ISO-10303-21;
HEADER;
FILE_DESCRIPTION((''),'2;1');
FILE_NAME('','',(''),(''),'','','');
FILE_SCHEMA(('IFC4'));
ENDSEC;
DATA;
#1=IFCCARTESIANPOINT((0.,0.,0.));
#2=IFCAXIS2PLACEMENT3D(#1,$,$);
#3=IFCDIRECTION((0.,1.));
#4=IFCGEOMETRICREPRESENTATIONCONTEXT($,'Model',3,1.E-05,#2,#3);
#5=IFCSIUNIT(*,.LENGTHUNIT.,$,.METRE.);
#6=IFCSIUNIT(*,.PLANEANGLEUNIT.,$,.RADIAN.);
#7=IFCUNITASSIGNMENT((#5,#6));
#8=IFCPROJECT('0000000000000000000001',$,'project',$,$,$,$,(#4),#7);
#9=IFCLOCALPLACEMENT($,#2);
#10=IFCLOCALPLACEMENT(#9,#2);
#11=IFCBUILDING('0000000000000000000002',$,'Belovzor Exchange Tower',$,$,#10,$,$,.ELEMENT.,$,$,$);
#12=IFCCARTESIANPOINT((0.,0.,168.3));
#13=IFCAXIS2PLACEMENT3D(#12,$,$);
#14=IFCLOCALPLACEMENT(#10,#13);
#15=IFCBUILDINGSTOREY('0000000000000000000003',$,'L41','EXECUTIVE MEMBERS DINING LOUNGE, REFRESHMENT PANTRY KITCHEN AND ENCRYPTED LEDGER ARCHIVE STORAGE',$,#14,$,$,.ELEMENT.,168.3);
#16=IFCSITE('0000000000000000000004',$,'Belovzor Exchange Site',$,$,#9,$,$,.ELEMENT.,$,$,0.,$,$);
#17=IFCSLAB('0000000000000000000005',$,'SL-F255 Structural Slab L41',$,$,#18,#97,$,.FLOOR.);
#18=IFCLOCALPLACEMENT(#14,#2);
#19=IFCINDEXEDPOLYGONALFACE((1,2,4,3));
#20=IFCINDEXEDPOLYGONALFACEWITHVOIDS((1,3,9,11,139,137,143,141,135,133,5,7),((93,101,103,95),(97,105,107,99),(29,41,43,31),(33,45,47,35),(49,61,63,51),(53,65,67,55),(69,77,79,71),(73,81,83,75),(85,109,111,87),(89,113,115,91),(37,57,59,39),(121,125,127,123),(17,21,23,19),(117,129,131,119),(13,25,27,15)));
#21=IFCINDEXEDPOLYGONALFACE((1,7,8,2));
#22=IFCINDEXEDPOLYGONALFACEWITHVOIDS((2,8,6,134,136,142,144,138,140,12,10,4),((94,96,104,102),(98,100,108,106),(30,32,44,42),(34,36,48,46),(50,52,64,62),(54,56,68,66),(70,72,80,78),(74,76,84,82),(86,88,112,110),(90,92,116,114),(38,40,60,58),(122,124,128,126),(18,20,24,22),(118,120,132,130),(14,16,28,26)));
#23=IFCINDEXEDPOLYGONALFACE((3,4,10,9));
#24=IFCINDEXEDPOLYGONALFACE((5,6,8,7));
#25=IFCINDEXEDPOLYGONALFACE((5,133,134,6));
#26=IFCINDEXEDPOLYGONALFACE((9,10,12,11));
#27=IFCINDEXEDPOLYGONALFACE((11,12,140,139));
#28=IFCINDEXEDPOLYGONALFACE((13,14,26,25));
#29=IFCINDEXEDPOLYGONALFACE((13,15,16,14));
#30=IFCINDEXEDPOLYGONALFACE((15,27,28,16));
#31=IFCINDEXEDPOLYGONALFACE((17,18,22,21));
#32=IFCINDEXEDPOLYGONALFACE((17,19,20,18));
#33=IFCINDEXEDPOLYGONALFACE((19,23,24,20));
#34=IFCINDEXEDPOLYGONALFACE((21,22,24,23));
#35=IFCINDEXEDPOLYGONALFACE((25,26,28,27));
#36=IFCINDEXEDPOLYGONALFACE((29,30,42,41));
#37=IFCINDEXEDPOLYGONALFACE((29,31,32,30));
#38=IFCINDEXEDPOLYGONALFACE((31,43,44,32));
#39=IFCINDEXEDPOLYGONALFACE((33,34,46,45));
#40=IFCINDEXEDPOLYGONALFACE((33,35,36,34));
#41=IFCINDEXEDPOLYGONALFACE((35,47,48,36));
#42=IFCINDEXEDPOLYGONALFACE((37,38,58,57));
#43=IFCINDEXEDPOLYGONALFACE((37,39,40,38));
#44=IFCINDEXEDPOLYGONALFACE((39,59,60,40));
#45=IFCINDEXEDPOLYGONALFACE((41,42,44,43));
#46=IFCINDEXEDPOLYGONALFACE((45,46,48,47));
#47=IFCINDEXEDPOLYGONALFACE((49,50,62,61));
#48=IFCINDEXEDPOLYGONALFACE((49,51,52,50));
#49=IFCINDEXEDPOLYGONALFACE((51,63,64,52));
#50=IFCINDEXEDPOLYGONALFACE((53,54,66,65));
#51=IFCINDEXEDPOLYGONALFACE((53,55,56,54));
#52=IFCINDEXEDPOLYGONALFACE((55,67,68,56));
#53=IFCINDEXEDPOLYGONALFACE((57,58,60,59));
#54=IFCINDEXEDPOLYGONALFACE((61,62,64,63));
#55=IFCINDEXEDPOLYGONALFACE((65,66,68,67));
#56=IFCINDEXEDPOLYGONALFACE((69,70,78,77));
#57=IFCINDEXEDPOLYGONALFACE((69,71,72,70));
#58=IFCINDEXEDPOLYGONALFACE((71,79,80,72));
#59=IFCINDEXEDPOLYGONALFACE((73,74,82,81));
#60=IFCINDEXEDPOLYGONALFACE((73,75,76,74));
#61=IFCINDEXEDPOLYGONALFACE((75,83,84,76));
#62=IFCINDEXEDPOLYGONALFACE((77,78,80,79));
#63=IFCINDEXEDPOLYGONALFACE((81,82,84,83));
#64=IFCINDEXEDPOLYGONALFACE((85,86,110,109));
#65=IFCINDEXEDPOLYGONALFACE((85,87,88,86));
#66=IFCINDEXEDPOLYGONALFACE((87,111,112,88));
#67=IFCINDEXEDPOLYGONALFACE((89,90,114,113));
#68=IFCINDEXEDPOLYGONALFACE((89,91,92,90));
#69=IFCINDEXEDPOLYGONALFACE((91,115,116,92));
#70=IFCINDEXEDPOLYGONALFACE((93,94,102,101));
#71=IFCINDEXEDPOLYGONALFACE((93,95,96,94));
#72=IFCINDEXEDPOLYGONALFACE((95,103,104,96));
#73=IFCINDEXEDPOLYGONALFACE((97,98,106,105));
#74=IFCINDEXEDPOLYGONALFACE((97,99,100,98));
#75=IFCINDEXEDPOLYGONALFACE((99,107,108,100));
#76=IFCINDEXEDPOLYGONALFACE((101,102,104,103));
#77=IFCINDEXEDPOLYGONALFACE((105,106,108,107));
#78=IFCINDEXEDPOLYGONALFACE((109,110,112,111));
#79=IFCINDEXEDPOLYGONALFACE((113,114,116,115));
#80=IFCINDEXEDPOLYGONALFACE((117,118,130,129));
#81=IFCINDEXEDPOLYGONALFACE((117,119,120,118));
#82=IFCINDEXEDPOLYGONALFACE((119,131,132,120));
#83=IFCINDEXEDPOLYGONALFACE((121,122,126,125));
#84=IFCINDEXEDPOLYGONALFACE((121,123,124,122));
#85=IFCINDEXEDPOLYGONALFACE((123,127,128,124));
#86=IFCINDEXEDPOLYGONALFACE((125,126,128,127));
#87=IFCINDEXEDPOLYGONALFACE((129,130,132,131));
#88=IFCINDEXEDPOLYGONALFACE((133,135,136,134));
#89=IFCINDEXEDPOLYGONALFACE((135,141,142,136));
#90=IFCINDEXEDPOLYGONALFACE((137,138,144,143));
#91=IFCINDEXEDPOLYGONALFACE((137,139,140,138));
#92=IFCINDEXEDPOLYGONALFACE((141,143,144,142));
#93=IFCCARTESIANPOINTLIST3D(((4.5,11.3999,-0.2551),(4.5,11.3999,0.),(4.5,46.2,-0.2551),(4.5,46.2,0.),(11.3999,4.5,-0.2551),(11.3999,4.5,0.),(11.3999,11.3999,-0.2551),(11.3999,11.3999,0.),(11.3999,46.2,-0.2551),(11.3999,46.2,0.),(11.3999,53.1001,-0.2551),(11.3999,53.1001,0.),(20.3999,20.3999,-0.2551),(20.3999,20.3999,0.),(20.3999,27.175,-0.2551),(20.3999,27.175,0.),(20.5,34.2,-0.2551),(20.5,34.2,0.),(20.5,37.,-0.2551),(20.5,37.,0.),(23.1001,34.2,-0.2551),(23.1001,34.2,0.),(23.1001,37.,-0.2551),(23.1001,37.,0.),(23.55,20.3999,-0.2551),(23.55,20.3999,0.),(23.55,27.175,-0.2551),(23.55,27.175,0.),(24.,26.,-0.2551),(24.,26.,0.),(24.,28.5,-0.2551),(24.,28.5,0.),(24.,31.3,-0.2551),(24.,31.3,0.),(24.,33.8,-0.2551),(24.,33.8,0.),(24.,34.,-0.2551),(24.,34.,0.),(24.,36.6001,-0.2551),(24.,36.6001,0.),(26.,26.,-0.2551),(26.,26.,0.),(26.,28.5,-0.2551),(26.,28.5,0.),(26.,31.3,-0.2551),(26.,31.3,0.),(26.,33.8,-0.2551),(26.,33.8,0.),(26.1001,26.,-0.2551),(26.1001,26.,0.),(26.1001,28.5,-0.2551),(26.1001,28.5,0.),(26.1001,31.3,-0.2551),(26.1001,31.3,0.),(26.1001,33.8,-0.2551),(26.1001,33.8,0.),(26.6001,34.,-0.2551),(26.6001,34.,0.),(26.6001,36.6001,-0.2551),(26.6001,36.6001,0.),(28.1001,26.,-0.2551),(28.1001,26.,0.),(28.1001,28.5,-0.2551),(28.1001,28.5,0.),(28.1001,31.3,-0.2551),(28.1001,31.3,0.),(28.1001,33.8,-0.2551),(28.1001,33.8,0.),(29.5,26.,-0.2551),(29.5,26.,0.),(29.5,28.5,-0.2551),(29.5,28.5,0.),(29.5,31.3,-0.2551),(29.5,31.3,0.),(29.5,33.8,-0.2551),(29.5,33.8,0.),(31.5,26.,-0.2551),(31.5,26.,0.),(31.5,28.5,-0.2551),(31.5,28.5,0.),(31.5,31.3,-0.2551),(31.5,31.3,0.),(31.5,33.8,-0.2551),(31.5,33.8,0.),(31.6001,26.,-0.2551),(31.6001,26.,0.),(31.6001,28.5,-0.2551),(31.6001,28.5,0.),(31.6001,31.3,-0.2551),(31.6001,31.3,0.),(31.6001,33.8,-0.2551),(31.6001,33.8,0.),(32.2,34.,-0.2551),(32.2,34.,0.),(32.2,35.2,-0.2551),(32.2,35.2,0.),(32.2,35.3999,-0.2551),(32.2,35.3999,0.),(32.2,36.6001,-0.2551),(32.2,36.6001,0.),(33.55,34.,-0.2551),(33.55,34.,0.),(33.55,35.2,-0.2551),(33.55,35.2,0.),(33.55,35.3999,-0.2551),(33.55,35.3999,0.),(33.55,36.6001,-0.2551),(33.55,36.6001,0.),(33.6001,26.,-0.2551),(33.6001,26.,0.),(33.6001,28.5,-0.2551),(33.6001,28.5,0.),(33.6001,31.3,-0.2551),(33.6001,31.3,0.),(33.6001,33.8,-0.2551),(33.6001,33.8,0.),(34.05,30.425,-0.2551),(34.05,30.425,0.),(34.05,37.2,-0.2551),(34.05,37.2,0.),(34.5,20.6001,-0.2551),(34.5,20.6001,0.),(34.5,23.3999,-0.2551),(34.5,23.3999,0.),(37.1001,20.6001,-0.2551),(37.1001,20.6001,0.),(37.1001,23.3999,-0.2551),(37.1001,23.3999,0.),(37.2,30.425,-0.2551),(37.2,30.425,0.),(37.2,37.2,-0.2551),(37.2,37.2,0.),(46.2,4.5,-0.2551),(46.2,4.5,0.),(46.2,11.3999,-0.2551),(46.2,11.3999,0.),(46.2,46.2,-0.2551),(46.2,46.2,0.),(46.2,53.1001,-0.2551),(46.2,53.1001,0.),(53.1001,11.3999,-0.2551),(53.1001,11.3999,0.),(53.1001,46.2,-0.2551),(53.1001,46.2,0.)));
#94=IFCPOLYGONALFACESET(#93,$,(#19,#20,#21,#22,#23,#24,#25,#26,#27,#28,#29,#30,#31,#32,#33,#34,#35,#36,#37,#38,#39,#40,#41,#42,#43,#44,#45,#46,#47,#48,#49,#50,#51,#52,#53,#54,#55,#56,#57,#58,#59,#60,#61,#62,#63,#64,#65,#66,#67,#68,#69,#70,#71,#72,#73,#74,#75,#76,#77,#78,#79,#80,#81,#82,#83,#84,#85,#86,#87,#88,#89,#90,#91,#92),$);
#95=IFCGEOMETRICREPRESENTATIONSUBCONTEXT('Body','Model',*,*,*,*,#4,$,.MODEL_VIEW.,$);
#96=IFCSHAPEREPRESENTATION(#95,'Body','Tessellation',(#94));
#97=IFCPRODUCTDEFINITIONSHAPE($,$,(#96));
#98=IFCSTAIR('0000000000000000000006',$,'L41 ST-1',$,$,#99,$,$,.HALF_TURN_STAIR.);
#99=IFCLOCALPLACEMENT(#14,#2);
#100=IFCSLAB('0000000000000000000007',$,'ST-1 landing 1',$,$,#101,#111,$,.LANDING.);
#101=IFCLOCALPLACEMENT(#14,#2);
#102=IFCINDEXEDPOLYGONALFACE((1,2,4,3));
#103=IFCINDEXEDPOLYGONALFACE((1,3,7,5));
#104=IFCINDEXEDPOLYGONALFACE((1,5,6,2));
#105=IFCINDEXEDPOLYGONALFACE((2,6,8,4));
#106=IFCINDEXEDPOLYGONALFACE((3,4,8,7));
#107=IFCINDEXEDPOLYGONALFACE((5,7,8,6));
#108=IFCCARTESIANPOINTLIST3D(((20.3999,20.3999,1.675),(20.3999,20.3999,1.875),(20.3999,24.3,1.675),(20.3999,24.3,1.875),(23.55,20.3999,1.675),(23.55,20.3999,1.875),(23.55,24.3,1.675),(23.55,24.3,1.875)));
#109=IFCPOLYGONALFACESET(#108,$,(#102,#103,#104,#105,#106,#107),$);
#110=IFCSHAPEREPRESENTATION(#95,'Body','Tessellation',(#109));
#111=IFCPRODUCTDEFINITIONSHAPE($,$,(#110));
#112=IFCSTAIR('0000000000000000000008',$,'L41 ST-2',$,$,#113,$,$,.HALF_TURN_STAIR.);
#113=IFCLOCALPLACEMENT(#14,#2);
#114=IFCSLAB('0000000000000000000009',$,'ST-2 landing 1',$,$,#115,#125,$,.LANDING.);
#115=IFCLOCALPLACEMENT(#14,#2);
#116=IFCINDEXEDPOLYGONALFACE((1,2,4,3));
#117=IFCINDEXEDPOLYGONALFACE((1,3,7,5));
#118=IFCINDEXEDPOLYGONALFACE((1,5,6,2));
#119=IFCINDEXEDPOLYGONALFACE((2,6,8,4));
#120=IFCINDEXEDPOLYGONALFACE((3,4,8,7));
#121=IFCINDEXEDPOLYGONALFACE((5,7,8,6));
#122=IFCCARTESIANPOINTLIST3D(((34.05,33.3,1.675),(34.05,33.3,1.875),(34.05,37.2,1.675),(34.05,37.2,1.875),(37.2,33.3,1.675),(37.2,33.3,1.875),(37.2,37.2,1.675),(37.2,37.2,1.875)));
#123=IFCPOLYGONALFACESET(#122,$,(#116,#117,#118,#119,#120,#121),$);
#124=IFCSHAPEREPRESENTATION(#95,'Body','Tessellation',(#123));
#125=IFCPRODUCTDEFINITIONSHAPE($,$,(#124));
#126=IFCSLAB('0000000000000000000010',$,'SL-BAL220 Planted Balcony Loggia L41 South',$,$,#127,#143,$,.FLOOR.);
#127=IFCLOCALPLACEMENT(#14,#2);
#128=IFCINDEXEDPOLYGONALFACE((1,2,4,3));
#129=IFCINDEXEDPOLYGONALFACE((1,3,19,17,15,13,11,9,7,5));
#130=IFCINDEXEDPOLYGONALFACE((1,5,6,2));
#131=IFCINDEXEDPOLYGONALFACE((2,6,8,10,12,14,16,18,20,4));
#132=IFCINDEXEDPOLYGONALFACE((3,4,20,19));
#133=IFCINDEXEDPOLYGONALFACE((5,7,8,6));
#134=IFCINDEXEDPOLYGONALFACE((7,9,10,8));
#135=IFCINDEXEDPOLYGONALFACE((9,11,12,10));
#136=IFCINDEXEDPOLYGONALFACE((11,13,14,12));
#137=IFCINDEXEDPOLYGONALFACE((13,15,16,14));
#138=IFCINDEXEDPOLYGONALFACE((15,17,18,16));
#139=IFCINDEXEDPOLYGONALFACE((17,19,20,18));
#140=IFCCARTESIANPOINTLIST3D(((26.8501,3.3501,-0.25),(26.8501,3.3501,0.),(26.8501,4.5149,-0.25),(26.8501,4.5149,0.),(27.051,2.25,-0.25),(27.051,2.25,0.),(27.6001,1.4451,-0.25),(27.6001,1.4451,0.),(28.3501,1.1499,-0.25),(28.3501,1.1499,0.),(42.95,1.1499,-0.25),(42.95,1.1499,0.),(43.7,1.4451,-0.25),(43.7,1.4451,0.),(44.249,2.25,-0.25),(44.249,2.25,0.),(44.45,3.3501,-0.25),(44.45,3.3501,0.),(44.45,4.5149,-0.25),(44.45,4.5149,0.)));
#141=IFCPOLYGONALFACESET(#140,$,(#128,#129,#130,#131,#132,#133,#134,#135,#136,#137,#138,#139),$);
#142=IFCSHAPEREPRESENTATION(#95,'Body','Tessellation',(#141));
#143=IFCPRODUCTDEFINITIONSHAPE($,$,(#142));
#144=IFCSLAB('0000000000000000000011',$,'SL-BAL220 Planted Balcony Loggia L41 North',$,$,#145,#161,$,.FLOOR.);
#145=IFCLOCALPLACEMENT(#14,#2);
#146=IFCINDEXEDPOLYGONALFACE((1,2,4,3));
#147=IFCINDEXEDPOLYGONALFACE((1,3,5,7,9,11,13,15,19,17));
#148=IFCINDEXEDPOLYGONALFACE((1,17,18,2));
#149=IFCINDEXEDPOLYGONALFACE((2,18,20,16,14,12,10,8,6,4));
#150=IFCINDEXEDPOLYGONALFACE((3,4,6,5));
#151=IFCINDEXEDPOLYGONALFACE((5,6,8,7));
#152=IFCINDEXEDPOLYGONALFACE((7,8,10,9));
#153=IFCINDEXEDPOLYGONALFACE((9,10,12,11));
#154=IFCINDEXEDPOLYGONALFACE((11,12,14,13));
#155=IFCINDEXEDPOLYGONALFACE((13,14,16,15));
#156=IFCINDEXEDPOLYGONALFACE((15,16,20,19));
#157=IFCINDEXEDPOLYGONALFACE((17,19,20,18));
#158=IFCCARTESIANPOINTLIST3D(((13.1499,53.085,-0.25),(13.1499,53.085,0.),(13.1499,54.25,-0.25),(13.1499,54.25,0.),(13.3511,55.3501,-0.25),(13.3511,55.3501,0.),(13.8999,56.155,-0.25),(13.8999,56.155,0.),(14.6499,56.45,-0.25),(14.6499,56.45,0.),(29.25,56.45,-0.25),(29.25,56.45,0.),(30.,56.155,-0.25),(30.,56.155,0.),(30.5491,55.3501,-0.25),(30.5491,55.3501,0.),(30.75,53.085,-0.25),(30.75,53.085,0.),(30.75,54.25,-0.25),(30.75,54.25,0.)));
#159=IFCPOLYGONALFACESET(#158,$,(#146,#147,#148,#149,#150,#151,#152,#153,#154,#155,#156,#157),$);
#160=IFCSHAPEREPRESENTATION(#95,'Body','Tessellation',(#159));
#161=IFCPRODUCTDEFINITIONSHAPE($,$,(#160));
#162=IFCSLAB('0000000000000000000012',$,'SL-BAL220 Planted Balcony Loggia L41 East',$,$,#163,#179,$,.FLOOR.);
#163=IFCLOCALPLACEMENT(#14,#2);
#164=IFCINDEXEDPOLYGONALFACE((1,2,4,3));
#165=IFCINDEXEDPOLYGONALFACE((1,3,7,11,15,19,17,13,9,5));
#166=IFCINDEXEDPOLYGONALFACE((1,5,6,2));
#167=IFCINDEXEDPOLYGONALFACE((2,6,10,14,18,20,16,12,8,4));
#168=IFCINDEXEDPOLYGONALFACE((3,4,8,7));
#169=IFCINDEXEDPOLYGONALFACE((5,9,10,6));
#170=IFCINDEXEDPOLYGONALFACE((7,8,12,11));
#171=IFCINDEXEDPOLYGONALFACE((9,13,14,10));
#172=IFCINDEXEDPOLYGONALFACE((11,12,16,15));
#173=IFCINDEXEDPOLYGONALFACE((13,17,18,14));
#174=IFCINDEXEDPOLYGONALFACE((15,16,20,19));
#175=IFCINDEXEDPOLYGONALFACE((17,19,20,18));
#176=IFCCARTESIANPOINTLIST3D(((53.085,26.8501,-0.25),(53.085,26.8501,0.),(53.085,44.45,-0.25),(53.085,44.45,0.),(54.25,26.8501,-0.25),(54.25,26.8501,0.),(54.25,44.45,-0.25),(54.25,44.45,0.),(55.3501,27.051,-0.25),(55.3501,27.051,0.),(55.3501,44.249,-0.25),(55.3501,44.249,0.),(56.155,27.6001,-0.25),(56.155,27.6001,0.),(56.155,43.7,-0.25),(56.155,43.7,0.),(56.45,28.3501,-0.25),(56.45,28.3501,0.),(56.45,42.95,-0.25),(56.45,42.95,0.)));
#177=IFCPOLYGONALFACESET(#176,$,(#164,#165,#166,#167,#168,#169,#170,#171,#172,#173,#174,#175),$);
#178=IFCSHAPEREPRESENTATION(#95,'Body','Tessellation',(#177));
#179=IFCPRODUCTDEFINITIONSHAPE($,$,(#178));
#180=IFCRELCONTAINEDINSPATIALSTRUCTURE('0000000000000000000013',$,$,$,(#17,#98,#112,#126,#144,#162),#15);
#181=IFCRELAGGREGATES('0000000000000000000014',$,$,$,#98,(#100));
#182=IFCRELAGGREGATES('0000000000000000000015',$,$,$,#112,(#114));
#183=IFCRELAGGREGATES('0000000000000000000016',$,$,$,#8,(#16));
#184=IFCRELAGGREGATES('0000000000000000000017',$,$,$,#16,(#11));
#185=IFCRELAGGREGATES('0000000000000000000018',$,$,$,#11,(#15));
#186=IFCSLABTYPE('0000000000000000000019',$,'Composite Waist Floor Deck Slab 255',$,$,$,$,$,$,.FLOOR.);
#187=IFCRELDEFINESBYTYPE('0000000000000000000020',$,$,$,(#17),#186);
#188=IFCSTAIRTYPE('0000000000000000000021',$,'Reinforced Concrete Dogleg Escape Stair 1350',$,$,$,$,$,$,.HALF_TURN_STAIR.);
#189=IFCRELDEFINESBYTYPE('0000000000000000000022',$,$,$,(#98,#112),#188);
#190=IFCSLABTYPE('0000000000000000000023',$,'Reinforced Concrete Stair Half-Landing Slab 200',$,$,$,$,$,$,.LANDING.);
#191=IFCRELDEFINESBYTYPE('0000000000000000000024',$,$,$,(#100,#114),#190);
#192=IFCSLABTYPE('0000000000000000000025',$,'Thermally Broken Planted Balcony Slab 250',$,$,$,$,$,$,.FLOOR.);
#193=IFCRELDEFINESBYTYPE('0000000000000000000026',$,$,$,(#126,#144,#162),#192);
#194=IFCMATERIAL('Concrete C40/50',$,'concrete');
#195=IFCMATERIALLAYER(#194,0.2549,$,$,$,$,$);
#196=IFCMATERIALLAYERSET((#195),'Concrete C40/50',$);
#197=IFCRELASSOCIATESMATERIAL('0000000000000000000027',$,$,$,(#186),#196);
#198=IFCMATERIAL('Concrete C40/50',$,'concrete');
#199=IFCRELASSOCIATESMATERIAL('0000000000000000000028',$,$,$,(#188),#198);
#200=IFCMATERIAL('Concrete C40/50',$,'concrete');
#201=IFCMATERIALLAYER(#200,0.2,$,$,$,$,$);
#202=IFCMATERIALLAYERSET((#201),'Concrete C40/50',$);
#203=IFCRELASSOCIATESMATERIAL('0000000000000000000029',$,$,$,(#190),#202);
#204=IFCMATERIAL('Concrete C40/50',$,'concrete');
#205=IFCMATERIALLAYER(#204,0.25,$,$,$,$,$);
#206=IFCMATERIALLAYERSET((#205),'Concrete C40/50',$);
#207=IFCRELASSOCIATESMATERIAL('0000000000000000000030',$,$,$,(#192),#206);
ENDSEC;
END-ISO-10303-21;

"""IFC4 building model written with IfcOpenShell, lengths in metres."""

from ifc_helpers import new_model, si_unit, direction, frame, origin, place, context, subcontext, project, spatial, polyline, outline, extrude, material, layer, layer_set, type_object, element, aggregate, save


model = new_model("IFC4")

# Units and contexts
model_context = context("Model", 3, precision=1e-05, world=origin(), true_north=direction((0.0, 1.0)))
body_context = subcontext(model_context, "Body", "Model", "MODEL_VIEW")
ifc_project = project(units=[si_unit("LENGTHUNIT", "METRE"), si_unit("PLANEANGLEUNIT", "RADIAN")], contexts=[model_context])

# Site, building, storey
site_placement = place(None, origin())
site = spatial("IfcSite", under=ifc_project, at=site_placement, Name="Belovzor Exchange Site", CompositionType="ELEMENT", RefElevation=0.0)
building_placement = place(site_placement, origin())
building = spatial("IfcBuilding", under=site, at=building_placement, Name="Belovzor Exchange Tower", CompositionType="ELEMENT")
storey_placement = place(building_placement, frame((0.0, 0.0, 168.3)))
storey = spatial("IfcBuildingStorey", under=building, at=storey_placement, Name="L41", Description="EXECUTIVE MEMBERS DINING LOUNGE, REFRESHMENT PANTRY KITCHEN AND ENCRYPTED LEDGER ARCHIVE STORAGE", CompositionType="ELEMENT", Elevation=168.3)

# Slab
ifc_material_1 = material(Name="Concrete C40/50", Category="concrete")
ifc_layer_1 = layer(ifc_material_1, 0.2549)
ifc_layer_set_1 = layer_set([ifc_layer_1], Name="Concrete C40/50")
slab_type_1 = type_object("IfcSlabType", Name="Composite Waist Floor Deck Slab 255", PredefinedType="FLOOR", material=ifc_layer_set_1)
slab_1_placement = place(storey_placement, frame((0.0, 0.0, -0.2551)))
element("IfcSlab", 1, at=slab_1_placement, inside=storey, type_object=slab_type_1, Name="SL-F255 Structural Slab L41", PredefinedType="FLOOR", context=body_context, shape_type="SweptSolid", body=[
    extrude(outline(polyline([(11.3999, 4.5), (46.2, 4.5), (46.2, 11.3999), (53.1001, 11.3999), (53.1001, 46.2), (46.2, 46.2), (46.2, 53.1001), (11.3999, 53.1001), (11.3999, 46.2), (4.5, 46.2), (4.5, 11.3999), (11.3999, 11.3999), (11.3999, 4.5)]), holes=[polyline([(20.3999, 27.175), (20.3999, 20.3999), (23.55, 20.3999), (23.55, 27.175), (20.3999, 27.175)]), polyline([(37.2, 30.425), (37.2, 37.2), (34.05, 37.2), (34.05, 30.425), (37.2, 30.425)]), polyline([(20.5, 34.2), (23.1001, 34.2), (23.1001, 37.0), (20.5, 37.0), (20.5, 34.2)]), polyline([(34.5, 20.6001), (37.1001, 20.6001), (37.1001, 23.3999), (34.5, 23.3999), (34.5, 20.6001)]), polyline([(24.0, 34.0), (26.6001, 34.0), (26.6001, 36.6001), (24.0, 36.6001), (24.0, 34.0)]), polyline([(24.0, 26.0), (26.0, 26.0), (26.0, 28.5), (24.0, 28.5), (24.0, 26.0)]), polyline([(26.1001, 26.0), (28.1001, 26.0), (28.1001, 28.5), (26.1001, 28.5), (26.1001, 26.0)]), polyline([(29.5, 26.0), (31.5, 26.0), (31.5, 28.5), (29.5, 28.5), (29.5, 26.0)]), polyline([(31.6001, 26.0), (33.6001, 26.0), (33.6001, 28.5), (31.6001, 28.5), (31.6001, 26.0)]), polyline([(24.0, 31.3), (26.0, 31.3), (26.0, 33.8), (24.0, 33.8), (24.0, 31.3)]), polyline([(26.1001, 31.3), (28.1001, 31.3), (28.1001, 33.8), (26.1001, 33.8), (26.1001, 31.3)]), polyline([(29.5, 31.3), (31.5, 31.3), (31.5, 33.8), (29.5, 33.8), (29.5, 31.3)]), polyline([(31.6001, 31.3), (33.6001, 31.3), (33.6001, 33.8), (31.6001, 33.8), (31.6001, 31.3)]), polyline([(32.2, 34.0), (33.55, 34.0), (33.55, 35.2), (32.2, 35.2), (32.2, 34.0)]), polyline([(32.2, 35.3999), (33.55, 35.3999), (33.55, 36.6001), (32.2, 36.6001), (32.2, 35.3999)])]), origin(), (0.0, 0.0, 1.0), 0.2551),
])

# Stairs, slabs
ifc_material_2 = material(Name="Concrete C40/50", Category="concrete")
stair_type = type_object("IfcStairType", Name="Reinforced Concrete Dogleg Escape Stair 1350", PredefinedType="HALF_TURN_STAIR", material=ifc_material_2)
stair_1_placement = place(storey_placement, origin())
stair_1 = element("IfcStair", 2, at=stair_1_placement, inside=storey, type_object=stair_type, Name="L41 ST-1", PredefinedType="HALF_TURN_STAIR")
ifc_material_3 = material(Name="Concrete C40/50", Category="concrete")
ifc_layer_2 = layer(ifc_material_3, 0.2)
ifc_layer_set_2 = layer_set([ifc_layer_2], Name="Concrete C40/50")
slab_type_2 = type_object("IfcSlabType", Name="Reinforced Concrete Stair Half-Landing Slab 200", PredefinedType="LANDING", material=ifc_layer_set_2)
slab_2_placement = place(storey_placement, frame((0.0, 0.0, 1.675)))
slab_2 = element("IfcSlab", 3, at=slab_2_placement, type_object=slab_type_2, Name="ST-1 landing 1", PredefinedType="LANDING", context=body_context, shape_type="SweptSolid", body=[
    extrude(outline(polyline([(20.3999, 24.3), (20.3999, 20.3999), (23.55, 20.3999), (23.55, 24.3), (20.3999, 24.3)])), origin(), (0.0, 0.0, 1.0), 0.2),
])
aggregate(stair_1, [slab_2])
stair_2_placement = place(storey_placement, origin())
stair_2 = element("IfcStair", 4, at=stair_2_placement, inside=storey, type_object=stair_type, Name="L41 ST-2", PredefinedType="HALF_TURN_STAIR")
slab_3_placement = place(storey_placement, frame((0.0, 0.0, 1.675)))
slab_3 = element("IfcSlab", 5, at=slab_3_placement, type_object=slab_type_2, Name="ST-2 landing 1", PredefinedType="LANDING", context=body_context, shape_type="SweptSolid", body=[
    extrude(outline(polyline([(37.2, 33.3), (37.2, 37.2), (34.05, 37.2), (34.05, 33.3), (37.2, 33.3)])), origin(), (0.0, 0.0, 1.0), 0.2),
])
aggregate(stair_2, [slab_3])

# Slabs
ifc_material_4 = material(Name="Concrete C40/50", Category="concrete")
ifc_layer_3 = layer(ifc_material_4, 0.25)
ifc_layer_set_3 = layer_set([ifc_layer_3], Name="Concrete C40/50")
slab_type_3 = type_object("IfcSlabType", Name="Thermally Broken Planted Balcony Slab 250", PredefinedType="FLOOR", material=ifc_layer_set_3)
slab_4_placement = place(storey_placement, frame((0.0, 0.0, -0.25)))
element("IfcSlab", 6, at=slab_4_placement, inside=storey, type_object=slab_type_3, Name="SL-BAL220 Planted Balcony Loggia L41 South", PredefinedType="FLOOR", context=body_context, shape_type="SweptSolid", body=[
    extrude(outline(polyline([(26.8501, 4.5149), (26.8501, 3.3501), (27.051, 2.25), (27.6001, 1.4451), (28.3501, 1.1499), (42.95, 1.1499), (43.7, 1.4451), (44.249, 2.25), (44.45, 3.3501), (44.45, 4.5149), (26.8501, 4.5149)])), origin(), (0.0, 0.0, 1.0), 0.25),
])
slab_5_placement = place(storey_placement, frame((0.0, 0.0, -0.25)))
element("IfcSlab", 7, at=slab_5_placement, inside=storey, type_object=slab_type_3, Name="SL-BAL220 Planted Balcony Loggia L41 North", PredefinedType="FLOOR", context=body_context, shape_type="SweptSolid", body=[
    extrude(outline(polyline([(30.75, 53.085), (30.75, 54.25), (30.5491, 55.3501), (30.0, 56.155), (29.25, 56.45), (14.6499, 56.45), (13.8999, 56.155), (13.3511, 55.3501), (13.1499, 54.25), (13.1499, 53.085), (30.75, 53.085)])), origin(), (0.0, 0.0, 1.0), 0.25),
])
slab_6_placement = place(storey_placement, frame((0.0, 0.0, -0.25)))
element("IfcSlab", 8, at=slab_6_placement, inside=storey, type_object=slab_type_3, Name="SL-BAL220 Planted Balcony Loggia L41 East", PredefinedType="FLOOR", context=body_context, shape_type="SweptSolid", body=[
    extrude(outline(polyline([(53.085, 26.8501), (54.25, 26.8501), (55.3501, 27.051), (56.155, 27.6001), (56.45, 28.3501), (56.45, 42.95), (56.155, 43.7), (55.3501, 44.249), (54.25, 44.45), (53.085, 44.45), (53.085, 26.8501)])), origin(), (0.0, 0.0, 1.0), 0.25),
])

save(model, "model.ifc")
